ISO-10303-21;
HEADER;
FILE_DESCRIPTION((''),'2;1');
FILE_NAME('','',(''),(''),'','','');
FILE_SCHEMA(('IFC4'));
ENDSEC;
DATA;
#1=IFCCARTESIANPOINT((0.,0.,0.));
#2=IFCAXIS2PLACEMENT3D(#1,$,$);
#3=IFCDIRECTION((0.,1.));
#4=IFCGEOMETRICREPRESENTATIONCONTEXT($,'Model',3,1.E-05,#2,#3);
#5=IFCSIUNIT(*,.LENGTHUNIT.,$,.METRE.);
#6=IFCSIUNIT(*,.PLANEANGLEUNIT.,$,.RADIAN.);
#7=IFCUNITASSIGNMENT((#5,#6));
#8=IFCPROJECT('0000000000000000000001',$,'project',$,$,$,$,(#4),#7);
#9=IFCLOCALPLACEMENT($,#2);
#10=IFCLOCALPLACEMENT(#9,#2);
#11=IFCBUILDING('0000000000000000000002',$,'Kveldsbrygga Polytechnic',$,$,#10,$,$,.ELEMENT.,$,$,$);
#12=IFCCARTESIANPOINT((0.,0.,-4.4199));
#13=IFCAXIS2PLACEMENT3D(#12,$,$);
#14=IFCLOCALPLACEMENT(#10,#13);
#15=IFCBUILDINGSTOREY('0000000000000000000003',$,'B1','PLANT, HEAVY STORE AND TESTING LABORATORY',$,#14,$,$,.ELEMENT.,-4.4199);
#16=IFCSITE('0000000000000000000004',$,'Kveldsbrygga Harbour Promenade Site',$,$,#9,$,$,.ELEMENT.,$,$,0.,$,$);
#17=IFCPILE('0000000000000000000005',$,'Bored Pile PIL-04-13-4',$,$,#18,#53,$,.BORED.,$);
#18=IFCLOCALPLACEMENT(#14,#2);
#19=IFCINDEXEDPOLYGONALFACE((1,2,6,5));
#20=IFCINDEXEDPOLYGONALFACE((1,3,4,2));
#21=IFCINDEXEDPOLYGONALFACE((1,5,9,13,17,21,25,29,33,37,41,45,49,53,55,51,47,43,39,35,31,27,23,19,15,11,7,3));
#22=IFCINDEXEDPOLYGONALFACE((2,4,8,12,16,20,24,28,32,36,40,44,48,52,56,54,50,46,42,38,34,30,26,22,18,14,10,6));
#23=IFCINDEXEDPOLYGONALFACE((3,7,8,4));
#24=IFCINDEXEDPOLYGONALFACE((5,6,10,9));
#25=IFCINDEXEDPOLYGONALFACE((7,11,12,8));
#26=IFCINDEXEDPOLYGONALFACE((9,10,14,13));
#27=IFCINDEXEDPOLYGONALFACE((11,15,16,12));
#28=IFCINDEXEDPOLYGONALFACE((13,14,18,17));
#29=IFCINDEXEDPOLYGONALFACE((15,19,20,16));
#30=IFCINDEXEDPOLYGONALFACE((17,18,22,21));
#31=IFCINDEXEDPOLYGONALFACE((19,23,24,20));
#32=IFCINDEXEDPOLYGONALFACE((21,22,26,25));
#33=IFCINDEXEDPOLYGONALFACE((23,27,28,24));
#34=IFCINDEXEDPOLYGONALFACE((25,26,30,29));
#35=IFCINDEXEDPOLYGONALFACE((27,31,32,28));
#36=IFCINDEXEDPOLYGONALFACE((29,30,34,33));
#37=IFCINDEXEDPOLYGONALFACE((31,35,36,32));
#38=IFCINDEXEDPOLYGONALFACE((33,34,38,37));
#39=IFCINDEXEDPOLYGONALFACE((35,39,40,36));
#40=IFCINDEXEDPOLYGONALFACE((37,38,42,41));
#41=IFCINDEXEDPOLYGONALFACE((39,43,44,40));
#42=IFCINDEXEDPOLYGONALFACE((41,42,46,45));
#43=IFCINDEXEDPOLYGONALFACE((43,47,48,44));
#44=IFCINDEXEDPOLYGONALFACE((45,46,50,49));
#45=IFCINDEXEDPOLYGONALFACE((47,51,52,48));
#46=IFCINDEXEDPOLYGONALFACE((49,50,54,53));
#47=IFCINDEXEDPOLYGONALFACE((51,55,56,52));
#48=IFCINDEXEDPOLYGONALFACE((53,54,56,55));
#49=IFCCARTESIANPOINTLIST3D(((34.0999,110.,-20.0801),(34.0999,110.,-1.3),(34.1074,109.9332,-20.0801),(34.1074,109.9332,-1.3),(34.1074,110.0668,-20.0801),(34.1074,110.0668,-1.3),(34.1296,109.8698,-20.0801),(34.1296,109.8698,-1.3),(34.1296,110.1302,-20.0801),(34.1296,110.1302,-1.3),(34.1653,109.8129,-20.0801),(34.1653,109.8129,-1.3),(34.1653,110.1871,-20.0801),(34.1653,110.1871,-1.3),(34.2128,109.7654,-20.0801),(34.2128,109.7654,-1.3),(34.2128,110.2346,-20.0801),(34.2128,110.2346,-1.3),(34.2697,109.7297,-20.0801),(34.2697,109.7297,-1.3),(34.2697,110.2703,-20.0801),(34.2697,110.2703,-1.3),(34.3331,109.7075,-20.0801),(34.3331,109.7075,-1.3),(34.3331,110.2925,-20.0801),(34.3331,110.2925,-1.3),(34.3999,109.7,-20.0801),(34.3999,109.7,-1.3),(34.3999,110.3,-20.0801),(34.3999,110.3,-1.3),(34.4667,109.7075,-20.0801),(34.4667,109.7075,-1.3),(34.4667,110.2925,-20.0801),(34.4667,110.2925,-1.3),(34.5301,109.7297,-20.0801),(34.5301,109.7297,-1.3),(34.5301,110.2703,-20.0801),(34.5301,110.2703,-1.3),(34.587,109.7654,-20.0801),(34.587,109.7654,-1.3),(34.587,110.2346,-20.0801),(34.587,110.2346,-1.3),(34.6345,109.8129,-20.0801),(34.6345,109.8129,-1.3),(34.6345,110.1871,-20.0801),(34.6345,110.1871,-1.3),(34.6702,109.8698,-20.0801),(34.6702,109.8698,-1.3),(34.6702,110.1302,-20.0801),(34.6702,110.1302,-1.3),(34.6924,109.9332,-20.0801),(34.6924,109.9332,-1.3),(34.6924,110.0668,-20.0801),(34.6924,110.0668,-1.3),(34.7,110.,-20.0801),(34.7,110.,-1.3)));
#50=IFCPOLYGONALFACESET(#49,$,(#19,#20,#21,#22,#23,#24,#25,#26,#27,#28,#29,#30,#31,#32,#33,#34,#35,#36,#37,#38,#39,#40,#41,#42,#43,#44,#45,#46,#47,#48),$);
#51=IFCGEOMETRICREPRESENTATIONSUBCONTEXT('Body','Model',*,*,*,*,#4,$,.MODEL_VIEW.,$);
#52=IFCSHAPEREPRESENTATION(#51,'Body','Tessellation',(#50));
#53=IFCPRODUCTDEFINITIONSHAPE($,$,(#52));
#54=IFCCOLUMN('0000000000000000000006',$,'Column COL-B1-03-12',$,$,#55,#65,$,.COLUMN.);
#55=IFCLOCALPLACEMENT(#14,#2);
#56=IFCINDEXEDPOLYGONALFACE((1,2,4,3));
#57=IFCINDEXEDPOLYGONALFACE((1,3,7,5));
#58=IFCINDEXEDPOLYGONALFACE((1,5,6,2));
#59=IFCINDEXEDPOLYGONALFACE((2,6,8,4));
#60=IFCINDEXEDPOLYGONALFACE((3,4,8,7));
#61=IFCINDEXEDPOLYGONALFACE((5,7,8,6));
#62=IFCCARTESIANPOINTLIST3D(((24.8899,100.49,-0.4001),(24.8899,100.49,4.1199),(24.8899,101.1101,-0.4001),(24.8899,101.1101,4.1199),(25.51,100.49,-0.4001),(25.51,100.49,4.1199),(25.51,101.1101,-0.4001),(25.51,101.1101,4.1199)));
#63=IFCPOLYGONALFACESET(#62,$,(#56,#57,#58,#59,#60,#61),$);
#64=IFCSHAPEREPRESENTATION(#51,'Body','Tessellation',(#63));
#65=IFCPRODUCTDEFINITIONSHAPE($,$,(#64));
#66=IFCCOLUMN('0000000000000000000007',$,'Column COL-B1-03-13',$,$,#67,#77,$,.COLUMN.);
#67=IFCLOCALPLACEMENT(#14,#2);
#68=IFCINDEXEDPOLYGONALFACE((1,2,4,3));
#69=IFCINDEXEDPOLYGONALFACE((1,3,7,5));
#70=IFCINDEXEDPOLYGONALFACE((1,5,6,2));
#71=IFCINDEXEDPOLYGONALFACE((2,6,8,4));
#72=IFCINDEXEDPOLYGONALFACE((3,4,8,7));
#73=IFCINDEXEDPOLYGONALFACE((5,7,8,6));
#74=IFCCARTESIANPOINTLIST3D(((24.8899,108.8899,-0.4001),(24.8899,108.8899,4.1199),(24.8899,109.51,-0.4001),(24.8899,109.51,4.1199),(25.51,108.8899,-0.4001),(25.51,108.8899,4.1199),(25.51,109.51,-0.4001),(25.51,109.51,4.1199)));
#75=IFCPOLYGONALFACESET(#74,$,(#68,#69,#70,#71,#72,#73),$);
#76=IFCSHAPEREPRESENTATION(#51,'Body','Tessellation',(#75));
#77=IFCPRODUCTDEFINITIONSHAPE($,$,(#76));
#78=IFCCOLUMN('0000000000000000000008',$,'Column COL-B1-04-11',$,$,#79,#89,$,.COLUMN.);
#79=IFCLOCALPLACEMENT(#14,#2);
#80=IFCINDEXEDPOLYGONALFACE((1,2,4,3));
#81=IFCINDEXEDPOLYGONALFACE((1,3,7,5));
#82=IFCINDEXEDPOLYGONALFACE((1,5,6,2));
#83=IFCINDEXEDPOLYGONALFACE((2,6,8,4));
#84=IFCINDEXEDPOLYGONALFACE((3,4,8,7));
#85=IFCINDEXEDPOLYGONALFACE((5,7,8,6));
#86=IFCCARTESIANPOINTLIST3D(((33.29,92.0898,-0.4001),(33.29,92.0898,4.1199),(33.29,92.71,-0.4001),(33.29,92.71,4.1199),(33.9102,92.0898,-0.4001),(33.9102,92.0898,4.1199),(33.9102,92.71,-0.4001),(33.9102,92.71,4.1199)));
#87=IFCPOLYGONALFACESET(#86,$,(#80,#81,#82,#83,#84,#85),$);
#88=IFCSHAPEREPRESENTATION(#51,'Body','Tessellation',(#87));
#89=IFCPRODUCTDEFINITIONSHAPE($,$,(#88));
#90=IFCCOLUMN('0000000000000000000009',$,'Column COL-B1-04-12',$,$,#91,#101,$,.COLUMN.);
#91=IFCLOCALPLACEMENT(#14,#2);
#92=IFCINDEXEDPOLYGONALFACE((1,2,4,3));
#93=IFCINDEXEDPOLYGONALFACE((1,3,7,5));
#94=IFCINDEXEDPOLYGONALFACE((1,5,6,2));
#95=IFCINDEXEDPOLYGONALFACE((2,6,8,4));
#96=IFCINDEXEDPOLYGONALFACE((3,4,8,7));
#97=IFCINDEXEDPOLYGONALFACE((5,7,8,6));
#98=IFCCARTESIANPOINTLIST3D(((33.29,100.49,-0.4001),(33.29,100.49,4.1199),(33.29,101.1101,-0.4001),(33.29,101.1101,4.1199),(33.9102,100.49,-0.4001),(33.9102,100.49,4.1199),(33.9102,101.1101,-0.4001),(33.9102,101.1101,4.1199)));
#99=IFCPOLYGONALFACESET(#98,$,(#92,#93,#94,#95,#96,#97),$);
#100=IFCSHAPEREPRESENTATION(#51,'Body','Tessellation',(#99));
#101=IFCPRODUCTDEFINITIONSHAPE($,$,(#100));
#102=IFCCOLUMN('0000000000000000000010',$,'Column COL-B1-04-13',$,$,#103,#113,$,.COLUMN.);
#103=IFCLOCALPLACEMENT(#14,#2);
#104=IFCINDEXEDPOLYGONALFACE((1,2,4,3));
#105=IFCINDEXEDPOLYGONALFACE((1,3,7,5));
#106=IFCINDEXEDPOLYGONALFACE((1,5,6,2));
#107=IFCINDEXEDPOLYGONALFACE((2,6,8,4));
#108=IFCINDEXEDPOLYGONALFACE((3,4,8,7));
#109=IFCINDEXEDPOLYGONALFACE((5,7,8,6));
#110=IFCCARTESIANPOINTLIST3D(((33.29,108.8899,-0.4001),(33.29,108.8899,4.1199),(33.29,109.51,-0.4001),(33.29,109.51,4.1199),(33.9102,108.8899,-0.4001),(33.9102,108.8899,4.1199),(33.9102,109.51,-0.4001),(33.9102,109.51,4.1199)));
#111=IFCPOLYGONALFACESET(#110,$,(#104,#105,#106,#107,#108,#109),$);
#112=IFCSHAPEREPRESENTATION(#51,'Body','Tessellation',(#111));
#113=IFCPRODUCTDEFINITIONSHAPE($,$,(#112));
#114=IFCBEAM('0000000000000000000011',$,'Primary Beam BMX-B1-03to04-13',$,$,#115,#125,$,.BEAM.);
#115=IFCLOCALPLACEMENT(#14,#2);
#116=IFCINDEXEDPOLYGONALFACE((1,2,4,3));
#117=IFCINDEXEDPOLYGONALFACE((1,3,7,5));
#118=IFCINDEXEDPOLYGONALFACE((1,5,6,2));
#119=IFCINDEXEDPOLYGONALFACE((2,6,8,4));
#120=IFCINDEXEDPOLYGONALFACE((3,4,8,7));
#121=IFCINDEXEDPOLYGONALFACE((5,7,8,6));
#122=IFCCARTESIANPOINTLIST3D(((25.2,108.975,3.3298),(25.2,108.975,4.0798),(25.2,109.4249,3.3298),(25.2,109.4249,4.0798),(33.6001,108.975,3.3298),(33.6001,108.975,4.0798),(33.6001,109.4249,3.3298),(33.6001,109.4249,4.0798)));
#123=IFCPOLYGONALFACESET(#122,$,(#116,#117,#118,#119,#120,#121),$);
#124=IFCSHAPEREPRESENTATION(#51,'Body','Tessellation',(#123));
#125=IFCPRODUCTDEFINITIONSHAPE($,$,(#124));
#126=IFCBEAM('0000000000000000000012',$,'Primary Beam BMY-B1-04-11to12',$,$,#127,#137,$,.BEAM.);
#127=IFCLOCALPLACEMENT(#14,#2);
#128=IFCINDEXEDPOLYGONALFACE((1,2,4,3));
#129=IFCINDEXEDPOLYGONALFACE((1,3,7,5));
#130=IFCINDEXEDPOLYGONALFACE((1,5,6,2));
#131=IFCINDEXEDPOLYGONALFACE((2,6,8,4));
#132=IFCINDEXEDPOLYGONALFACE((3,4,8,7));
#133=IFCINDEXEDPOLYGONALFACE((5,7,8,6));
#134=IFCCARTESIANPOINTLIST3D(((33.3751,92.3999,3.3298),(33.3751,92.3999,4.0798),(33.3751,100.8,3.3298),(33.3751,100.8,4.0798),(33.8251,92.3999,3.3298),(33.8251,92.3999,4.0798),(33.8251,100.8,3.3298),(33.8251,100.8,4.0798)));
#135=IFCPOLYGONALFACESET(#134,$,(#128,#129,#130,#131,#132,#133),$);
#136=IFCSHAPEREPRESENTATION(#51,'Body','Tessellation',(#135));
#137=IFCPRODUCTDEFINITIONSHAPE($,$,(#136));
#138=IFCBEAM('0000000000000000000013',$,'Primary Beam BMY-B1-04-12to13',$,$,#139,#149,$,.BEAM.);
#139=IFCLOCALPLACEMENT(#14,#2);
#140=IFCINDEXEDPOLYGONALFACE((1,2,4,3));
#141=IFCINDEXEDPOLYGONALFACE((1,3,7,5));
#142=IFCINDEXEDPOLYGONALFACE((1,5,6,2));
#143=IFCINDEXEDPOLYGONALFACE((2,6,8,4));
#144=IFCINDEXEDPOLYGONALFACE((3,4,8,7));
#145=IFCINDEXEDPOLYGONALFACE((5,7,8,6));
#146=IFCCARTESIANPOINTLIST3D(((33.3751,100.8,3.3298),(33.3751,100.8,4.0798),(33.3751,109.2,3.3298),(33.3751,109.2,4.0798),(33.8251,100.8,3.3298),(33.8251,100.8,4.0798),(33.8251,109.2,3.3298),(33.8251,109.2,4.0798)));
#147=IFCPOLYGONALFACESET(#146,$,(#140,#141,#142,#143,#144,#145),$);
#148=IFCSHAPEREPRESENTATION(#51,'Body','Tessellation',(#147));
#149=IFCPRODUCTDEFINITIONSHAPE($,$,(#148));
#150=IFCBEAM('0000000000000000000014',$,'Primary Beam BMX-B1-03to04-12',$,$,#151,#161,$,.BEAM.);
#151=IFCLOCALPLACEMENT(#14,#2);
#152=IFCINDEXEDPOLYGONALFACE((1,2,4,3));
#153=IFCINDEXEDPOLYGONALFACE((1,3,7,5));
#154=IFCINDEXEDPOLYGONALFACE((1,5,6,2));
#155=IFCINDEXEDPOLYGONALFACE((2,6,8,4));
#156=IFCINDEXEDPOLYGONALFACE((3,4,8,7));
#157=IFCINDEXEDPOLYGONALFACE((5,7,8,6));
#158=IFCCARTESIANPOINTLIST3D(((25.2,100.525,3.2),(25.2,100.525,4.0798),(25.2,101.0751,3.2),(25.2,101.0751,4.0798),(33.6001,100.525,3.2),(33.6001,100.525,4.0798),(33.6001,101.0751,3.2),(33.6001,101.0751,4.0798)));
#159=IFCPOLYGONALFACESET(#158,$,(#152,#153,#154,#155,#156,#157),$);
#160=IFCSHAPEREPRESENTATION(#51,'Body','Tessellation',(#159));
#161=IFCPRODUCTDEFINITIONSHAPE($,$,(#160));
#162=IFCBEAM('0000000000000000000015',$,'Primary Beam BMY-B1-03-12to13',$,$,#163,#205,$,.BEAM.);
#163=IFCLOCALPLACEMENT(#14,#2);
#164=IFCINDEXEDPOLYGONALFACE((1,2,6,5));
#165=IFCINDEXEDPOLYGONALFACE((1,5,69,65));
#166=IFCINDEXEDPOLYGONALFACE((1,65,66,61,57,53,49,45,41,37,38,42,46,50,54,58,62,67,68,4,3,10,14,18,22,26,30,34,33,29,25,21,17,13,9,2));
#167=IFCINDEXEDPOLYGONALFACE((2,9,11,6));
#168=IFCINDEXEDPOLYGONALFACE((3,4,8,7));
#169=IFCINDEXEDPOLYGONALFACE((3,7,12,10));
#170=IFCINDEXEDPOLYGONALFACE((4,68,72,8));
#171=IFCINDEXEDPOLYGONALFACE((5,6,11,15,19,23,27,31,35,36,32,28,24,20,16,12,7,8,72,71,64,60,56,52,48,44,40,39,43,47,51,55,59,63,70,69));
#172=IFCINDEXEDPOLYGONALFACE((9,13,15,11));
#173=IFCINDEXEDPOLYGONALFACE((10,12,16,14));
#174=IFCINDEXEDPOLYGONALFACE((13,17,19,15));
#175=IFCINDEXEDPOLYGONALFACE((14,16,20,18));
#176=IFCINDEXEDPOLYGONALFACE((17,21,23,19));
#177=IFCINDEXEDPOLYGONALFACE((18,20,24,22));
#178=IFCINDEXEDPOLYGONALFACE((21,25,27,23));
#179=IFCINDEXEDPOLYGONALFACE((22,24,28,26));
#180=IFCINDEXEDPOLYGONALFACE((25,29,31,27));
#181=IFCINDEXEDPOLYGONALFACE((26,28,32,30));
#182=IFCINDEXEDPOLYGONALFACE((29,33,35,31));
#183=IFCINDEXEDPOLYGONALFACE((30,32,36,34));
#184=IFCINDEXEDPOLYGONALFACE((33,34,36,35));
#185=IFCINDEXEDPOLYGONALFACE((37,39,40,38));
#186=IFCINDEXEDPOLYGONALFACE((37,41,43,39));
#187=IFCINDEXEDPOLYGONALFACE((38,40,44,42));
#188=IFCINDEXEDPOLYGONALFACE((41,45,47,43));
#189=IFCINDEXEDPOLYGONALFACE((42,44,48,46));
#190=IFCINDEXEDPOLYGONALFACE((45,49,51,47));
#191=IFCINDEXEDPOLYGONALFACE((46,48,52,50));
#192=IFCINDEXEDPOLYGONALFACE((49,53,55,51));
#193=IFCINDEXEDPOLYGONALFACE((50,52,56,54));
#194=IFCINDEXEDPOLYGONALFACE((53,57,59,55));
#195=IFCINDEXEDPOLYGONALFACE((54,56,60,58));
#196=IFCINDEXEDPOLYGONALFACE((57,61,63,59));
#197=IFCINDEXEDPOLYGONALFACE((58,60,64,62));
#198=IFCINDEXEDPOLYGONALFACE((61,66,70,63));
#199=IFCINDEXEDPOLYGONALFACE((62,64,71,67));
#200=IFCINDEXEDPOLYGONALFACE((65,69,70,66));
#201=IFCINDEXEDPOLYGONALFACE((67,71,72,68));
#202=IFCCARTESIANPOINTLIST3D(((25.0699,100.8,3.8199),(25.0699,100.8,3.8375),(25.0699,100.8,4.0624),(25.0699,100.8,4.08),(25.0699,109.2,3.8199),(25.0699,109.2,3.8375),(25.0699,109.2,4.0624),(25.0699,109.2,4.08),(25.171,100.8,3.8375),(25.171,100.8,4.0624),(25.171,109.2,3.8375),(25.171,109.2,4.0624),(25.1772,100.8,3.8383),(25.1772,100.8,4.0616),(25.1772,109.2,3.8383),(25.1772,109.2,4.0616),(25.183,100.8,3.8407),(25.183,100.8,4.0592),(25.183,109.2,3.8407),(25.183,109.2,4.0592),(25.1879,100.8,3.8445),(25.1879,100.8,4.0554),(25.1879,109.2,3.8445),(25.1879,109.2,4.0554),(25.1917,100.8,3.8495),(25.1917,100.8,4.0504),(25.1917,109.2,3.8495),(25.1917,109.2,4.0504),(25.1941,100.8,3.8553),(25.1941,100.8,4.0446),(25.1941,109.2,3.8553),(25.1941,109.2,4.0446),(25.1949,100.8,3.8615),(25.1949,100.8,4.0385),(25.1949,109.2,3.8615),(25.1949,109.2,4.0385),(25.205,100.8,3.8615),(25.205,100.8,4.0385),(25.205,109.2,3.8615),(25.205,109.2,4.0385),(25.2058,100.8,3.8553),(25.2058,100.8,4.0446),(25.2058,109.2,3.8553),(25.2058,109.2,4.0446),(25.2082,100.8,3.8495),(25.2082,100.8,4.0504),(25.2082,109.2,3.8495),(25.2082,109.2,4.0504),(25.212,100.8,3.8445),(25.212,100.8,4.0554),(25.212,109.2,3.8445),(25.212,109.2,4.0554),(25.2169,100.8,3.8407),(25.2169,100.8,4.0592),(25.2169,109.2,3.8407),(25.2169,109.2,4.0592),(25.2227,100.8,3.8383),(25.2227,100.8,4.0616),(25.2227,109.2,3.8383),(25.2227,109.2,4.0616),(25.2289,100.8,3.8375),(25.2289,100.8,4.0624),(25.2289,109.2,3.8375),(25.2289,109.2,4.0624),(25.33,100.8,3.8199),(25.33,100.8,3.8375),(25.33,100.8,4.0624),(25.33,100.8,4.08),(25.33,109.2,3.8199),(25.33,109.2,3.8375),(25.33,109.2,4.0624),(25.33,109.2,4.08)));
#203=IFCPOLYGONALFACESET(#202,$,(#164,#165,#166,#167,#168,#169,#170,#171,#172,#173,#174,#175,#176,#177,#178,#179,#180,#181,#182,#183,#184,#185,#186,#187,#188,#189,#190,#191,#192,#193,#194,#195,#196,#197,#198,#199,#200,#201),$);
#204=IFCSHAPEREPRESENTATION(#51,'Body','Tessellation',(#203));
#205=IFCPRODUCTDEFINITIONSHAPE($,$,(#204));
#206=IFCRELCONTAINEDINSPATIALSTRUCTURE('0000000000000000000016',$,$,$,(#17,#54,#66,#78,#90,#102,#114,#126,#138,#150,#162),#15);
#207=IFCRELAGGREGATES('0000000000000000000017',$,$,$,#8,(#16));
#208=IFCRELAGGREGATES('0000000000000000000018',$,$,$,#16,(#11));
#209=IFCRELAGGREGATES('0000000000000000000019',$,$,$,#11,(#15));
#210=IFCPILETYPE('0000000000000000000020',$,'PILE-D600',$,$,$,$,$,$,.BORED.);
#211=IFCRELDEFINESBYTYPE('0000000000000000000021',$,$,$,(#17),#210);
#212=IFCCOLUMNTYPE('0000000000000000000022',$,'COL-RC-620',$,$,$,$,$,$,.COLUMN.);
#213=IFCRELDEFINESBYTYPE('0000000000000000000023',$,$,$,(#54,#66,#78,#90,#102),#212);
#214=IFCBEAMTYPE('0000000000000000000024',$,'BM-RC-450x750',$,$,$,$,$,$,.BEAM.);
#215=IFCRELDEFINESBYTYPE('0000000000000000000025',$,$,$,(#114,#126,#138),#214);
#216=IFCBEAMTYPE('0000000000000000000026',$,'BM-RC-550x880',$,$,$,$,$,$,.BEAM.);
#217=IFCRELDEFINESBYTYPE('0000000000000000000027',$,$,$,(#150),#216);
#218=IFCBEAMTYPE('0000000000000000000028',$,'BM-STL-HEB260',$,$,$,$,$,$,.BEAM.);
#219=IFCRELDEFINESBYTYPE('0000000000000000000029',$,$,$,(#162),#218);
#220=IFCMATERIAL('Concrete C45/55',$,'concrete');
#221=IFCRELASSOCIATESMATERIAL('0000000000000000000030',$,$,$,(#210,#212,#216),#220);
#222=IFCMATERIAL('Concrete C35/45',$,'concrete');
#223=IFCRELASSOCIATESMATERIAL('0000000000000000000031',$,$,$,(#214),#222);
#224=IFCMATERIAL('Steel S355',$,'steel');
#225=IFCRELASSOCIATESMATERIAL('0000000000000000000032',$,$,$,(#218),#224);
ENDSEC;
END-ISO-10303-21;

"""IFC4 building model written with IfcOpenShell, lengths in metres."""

from ifc_helpers import new_model, si_unit, direction, frame, origin, origin_2d, place, context, subcontext, project, spatial, rectangle, circle, i_section, extrude, material, material_profile, profile_set, type_object, element, save


model = new_model("IFC4")

# Units and contexts
model_context = context("Model", 3, precision=1e-05, world=origin(), true_north=direction((0.0, 1.0)))
body_context = subcontext(model_context, "Body", "Model", "MODEL_VIEW")
ifc_project = project(units=[si_unit("LENGTHUNIT", "METRE"), si_unit("PLANEANGLEUNIT", "RADIAN")], contexts=[model_context])

# Site, building, storey
site_placement = place(None, origin())
site = spatial("IfcSite", under=ifc_project, at=site_placement, Name="Kveldsbrygga Harbour Promenade Site", CompositionType="ELEMENT", RefElevation=0.0)
building_placement = place(site_placement, origin())
building = spatial("IfcBuilding", under=site, at=building_placement, Name="Kveldsbrygga Polytechnic", CompositionType="ELEMENT")
storey_placement = place(building_placement, frame((0.0, 0.0, -4.4199)))
storey = spatial("IfcBuildingStorey", under=building, at=storey_placement, Name="B1", Description="PLANT, HEAVY STORE AND TESTING LABORATORY", CompositionType="ELEMENT", Elevation=-4.4199)

# Shared definitions
ifc_material_1 = material(Name="Concrete C45/55", Category="concrete")

# Pile
ifc_material_profile_1 = material_profile(ifc_material_1, circle(Radius=0.3, at=origin_2d()), Name="PILE D600")
ifc_profile_set_1 = profile_set([ifc_material_profile_1], Name="Concrete C45/55")
pile_type = type_object("IfcPileType", Name="PILE-D600", PredefinedType="BORED", material=ifc_profile_set_1)
for number, where, z_axis, x_axis, name in (
    (1, (34.3999, 110.0, -1.3), (0.0, 0.0, -1.0), (1.0, 0.0, 0.0), "Bored Pile PIL-04-13-4"),
):
    element("IfcPile", number, at=place(storey_placement, frame(where, z_axis=z_axis, x_axis=x_axis)), inside=storey, type_object=pile_type, Name=name, PredefinedType="BORED", context=body_context, shape_type="SweptSolid", body=[
        extrude(circle(Radius=0.3, at=origin_2d()), origin(), (0.0, 0.0, 1.0), 18.78),
    ])

# Columns
ifc_material_profile_2 = material_profile(ifc_material_1, rectangle(XDim=0.6201, YDim=0.6201, at=origin_2d()), Name="RC 620x620")
ifc_profile_set_2 = profile_set([ifc_material_profile_2], Name="Concrete C45/55")
column_type = type_object("IfcColumnType", Name="COL-RC-620", PredefinedType="COLUMN", material=ifc_profile_set_2)
for number, where, z_axis, x_axis, name in (
    (2, (25.2, 100.8, -0.4001), (0.0, 0.0, 1.0), (1.0, 0.0, 0.0), "Column COL-B1-03-12"),
    (3, (25.2, 109.2, -0.4001), (0.0, 0.0, 1.0), (1.0, 0.0, 0.0), "Column COL-B1-03-13"),
    (4, (33.6001, 92.3999, -0.4001), (0.0, 0.0, 1.0), (1.0, 0.0, 0.0), "Column COL-B1-04-11"),
    (5, (33.6001, 100.8, -0.4001), (0.0, 0.0, 1.0), (1.0, 0.0, 0.0), "Column COL-B1-04-12"),
    (6, (33.6001, 109.2, -0.4001), (0.0, 0.0, 1.0), (1.0, 0.0, 0.0), "Column COL-B1-04-13"),
):
    element("IfcColumn", number, at=place(storey_placement, frame(where, z_axis=z_axis, x_axis=x_axis)), inside=storey, type_object=column_type, Name=name, PredefinedType="COLUMN", context=body_context, shape_type="SweptSolid", body=[
        extrude(rectangle(XDim=0.6201, YDim=0.6201, at=origin_2d()), origin(), (0.0, 0.0, 1.0), 4.52),
    ])

# Beams
ifc_material_2 = material(Name="Concrete C35/45", Category="concrete")
ifc_material_profile_3 = material_profile(ifc_material_2, rectangle(XDim=0.45, YDim=0.75, at=origin_2d()), Name="RC 450x750")
ifc_profile_set_3 = profile_set([ifc_material_profile_3], Name="Concrete C35/45")
beam_type_1 = type_object("IfcBeamType", Name="BM-RC-450x750", PredefinedType="BEAM", material=ifc_profile_set_3)
for number, where, z_axis, x_axis, name in (
    (7, (25.2, 109.2, 3.7048), (1.0, 0.0, 0.0), (0.0, 1.0, 0.0), "Primary Beam BMX-B1-03to04-13"),
    (8, (33.6001, 92.3999, 3.7048), (0.0, 1.0, 0.0), (-1.0, 0.0, 0.0), "Primary Beam BMY-B1-04-11to12"),
):
    element("IfcBeam", number, at=place(storey_placement, frame(where, z_axis=z_axis, x_axis=x_axis)), inside=storey, type_object=beam_type_1, Name=name, PredefinedType="BEAM", context=body_context, shape_type="SweptSolid", body=[
        extrude(rectangle(XDim=0.45, YDim=0.75, at=origin_2d()), origin(), (0.0, 0.0, 1.0), 8.4001),
    ])
beam_1_placement = place(storey_placement, frame((33.6001, 100.8, 3.7048), z_axis=(0.0, 1.0, 0.0), x_axis=(-1.0, 0.0, 0.0)))
element("IfcBeam", 9, at=beam_1_placement, inside=storey, type_object=beam_type_1, Name="Primary Beam BMY-B1-04-12to13", PredefinedType="BEAM", context=body_context, shape_type="SweptSolid", body=[
    extrude(rectangle(XDim=0.45, YDim=0.75, at=origin_2d()), origin(), (0.0, 0.0, 1.0), 8.3999),
])
ifc_material_profile_4 = material_profile(ifc_material_1, rectangle(XDim=0.55, YDim=0.8799, at=origin_2d()), Name="RC 550x880")
ifc_profile_set_4 = profile_set([ifc_material_profile_4], Name="Concrete C45/55")
beam_type_2 = type_object("IfcBeamType", Name="BM-RC-550x880", PredefinedType="BEAM", material=ifc_profile_set_4)
beam_2_placement = place(storey_placement, frame((25.2, 100.8, 3.6399), z_axis=(1.0, 0.0, 0.0), x_axis=(0.0, 1.0, 0.0)))
element("IfcBeam", 10, at=beam_2_placement, inside=storey, type_object=beam_type_2, Name="Primary Beam BMX-B1-03to04-12", PredefinedType="BEAM", context=body_context, shape_type="SweptSolid", body=[
    extrude(rectangle(XDim=0.55, YDim=0.8799, at=origin_2d()), origin(), (0.0, 0.0, 1.0), 8.4001),
])
ifc_material_3 = material(Name="Steel S355", Category="steel")
ifc_material_profile_5 = material_profile(ifc_material_3, i_section(OverallWidth=0.26, OverallDepth=0.26, WebThickness=0.01, FlangeThickness=0.0176, FilletRadius=0.0239, at=origin_2d()), Name="HEB 260")
ifc_profile_set_5 = profile_set([ifc_material_profile_5], Name="Steel S355")
beam_type_3 = type_object("IfcBeamType", Name="BM-STL-HEB260", PredefinedType="BEAM", material=ifc_profile_set_5)
beam_3_placement = place(storey_placement, frame((25.2, 100.8, 3.95), z_axis=(0.0, 1.0, 0.0), x_axis=(-1.0, 0.0, 0.0)))
element("IfcBeam", 11, at=beam_3_placement, inside=storey, type_object=beam_type_3, Name="Primary Beam BMY-B1-03-12to13", PredefinedType="BEAM", context=body_context, shape_type="SweptSolid", body=[
    extrude(i_section(OverallWidth=0.26, OverallDepth=0.26, WebThickness=0.01, FlangeThickness=0.0176, FilletRadius=0.0239, at=origin_2d()), origin(), (0.0, 0.0, 1.0), 8.3999),
])

save(model, "model.ifc")
